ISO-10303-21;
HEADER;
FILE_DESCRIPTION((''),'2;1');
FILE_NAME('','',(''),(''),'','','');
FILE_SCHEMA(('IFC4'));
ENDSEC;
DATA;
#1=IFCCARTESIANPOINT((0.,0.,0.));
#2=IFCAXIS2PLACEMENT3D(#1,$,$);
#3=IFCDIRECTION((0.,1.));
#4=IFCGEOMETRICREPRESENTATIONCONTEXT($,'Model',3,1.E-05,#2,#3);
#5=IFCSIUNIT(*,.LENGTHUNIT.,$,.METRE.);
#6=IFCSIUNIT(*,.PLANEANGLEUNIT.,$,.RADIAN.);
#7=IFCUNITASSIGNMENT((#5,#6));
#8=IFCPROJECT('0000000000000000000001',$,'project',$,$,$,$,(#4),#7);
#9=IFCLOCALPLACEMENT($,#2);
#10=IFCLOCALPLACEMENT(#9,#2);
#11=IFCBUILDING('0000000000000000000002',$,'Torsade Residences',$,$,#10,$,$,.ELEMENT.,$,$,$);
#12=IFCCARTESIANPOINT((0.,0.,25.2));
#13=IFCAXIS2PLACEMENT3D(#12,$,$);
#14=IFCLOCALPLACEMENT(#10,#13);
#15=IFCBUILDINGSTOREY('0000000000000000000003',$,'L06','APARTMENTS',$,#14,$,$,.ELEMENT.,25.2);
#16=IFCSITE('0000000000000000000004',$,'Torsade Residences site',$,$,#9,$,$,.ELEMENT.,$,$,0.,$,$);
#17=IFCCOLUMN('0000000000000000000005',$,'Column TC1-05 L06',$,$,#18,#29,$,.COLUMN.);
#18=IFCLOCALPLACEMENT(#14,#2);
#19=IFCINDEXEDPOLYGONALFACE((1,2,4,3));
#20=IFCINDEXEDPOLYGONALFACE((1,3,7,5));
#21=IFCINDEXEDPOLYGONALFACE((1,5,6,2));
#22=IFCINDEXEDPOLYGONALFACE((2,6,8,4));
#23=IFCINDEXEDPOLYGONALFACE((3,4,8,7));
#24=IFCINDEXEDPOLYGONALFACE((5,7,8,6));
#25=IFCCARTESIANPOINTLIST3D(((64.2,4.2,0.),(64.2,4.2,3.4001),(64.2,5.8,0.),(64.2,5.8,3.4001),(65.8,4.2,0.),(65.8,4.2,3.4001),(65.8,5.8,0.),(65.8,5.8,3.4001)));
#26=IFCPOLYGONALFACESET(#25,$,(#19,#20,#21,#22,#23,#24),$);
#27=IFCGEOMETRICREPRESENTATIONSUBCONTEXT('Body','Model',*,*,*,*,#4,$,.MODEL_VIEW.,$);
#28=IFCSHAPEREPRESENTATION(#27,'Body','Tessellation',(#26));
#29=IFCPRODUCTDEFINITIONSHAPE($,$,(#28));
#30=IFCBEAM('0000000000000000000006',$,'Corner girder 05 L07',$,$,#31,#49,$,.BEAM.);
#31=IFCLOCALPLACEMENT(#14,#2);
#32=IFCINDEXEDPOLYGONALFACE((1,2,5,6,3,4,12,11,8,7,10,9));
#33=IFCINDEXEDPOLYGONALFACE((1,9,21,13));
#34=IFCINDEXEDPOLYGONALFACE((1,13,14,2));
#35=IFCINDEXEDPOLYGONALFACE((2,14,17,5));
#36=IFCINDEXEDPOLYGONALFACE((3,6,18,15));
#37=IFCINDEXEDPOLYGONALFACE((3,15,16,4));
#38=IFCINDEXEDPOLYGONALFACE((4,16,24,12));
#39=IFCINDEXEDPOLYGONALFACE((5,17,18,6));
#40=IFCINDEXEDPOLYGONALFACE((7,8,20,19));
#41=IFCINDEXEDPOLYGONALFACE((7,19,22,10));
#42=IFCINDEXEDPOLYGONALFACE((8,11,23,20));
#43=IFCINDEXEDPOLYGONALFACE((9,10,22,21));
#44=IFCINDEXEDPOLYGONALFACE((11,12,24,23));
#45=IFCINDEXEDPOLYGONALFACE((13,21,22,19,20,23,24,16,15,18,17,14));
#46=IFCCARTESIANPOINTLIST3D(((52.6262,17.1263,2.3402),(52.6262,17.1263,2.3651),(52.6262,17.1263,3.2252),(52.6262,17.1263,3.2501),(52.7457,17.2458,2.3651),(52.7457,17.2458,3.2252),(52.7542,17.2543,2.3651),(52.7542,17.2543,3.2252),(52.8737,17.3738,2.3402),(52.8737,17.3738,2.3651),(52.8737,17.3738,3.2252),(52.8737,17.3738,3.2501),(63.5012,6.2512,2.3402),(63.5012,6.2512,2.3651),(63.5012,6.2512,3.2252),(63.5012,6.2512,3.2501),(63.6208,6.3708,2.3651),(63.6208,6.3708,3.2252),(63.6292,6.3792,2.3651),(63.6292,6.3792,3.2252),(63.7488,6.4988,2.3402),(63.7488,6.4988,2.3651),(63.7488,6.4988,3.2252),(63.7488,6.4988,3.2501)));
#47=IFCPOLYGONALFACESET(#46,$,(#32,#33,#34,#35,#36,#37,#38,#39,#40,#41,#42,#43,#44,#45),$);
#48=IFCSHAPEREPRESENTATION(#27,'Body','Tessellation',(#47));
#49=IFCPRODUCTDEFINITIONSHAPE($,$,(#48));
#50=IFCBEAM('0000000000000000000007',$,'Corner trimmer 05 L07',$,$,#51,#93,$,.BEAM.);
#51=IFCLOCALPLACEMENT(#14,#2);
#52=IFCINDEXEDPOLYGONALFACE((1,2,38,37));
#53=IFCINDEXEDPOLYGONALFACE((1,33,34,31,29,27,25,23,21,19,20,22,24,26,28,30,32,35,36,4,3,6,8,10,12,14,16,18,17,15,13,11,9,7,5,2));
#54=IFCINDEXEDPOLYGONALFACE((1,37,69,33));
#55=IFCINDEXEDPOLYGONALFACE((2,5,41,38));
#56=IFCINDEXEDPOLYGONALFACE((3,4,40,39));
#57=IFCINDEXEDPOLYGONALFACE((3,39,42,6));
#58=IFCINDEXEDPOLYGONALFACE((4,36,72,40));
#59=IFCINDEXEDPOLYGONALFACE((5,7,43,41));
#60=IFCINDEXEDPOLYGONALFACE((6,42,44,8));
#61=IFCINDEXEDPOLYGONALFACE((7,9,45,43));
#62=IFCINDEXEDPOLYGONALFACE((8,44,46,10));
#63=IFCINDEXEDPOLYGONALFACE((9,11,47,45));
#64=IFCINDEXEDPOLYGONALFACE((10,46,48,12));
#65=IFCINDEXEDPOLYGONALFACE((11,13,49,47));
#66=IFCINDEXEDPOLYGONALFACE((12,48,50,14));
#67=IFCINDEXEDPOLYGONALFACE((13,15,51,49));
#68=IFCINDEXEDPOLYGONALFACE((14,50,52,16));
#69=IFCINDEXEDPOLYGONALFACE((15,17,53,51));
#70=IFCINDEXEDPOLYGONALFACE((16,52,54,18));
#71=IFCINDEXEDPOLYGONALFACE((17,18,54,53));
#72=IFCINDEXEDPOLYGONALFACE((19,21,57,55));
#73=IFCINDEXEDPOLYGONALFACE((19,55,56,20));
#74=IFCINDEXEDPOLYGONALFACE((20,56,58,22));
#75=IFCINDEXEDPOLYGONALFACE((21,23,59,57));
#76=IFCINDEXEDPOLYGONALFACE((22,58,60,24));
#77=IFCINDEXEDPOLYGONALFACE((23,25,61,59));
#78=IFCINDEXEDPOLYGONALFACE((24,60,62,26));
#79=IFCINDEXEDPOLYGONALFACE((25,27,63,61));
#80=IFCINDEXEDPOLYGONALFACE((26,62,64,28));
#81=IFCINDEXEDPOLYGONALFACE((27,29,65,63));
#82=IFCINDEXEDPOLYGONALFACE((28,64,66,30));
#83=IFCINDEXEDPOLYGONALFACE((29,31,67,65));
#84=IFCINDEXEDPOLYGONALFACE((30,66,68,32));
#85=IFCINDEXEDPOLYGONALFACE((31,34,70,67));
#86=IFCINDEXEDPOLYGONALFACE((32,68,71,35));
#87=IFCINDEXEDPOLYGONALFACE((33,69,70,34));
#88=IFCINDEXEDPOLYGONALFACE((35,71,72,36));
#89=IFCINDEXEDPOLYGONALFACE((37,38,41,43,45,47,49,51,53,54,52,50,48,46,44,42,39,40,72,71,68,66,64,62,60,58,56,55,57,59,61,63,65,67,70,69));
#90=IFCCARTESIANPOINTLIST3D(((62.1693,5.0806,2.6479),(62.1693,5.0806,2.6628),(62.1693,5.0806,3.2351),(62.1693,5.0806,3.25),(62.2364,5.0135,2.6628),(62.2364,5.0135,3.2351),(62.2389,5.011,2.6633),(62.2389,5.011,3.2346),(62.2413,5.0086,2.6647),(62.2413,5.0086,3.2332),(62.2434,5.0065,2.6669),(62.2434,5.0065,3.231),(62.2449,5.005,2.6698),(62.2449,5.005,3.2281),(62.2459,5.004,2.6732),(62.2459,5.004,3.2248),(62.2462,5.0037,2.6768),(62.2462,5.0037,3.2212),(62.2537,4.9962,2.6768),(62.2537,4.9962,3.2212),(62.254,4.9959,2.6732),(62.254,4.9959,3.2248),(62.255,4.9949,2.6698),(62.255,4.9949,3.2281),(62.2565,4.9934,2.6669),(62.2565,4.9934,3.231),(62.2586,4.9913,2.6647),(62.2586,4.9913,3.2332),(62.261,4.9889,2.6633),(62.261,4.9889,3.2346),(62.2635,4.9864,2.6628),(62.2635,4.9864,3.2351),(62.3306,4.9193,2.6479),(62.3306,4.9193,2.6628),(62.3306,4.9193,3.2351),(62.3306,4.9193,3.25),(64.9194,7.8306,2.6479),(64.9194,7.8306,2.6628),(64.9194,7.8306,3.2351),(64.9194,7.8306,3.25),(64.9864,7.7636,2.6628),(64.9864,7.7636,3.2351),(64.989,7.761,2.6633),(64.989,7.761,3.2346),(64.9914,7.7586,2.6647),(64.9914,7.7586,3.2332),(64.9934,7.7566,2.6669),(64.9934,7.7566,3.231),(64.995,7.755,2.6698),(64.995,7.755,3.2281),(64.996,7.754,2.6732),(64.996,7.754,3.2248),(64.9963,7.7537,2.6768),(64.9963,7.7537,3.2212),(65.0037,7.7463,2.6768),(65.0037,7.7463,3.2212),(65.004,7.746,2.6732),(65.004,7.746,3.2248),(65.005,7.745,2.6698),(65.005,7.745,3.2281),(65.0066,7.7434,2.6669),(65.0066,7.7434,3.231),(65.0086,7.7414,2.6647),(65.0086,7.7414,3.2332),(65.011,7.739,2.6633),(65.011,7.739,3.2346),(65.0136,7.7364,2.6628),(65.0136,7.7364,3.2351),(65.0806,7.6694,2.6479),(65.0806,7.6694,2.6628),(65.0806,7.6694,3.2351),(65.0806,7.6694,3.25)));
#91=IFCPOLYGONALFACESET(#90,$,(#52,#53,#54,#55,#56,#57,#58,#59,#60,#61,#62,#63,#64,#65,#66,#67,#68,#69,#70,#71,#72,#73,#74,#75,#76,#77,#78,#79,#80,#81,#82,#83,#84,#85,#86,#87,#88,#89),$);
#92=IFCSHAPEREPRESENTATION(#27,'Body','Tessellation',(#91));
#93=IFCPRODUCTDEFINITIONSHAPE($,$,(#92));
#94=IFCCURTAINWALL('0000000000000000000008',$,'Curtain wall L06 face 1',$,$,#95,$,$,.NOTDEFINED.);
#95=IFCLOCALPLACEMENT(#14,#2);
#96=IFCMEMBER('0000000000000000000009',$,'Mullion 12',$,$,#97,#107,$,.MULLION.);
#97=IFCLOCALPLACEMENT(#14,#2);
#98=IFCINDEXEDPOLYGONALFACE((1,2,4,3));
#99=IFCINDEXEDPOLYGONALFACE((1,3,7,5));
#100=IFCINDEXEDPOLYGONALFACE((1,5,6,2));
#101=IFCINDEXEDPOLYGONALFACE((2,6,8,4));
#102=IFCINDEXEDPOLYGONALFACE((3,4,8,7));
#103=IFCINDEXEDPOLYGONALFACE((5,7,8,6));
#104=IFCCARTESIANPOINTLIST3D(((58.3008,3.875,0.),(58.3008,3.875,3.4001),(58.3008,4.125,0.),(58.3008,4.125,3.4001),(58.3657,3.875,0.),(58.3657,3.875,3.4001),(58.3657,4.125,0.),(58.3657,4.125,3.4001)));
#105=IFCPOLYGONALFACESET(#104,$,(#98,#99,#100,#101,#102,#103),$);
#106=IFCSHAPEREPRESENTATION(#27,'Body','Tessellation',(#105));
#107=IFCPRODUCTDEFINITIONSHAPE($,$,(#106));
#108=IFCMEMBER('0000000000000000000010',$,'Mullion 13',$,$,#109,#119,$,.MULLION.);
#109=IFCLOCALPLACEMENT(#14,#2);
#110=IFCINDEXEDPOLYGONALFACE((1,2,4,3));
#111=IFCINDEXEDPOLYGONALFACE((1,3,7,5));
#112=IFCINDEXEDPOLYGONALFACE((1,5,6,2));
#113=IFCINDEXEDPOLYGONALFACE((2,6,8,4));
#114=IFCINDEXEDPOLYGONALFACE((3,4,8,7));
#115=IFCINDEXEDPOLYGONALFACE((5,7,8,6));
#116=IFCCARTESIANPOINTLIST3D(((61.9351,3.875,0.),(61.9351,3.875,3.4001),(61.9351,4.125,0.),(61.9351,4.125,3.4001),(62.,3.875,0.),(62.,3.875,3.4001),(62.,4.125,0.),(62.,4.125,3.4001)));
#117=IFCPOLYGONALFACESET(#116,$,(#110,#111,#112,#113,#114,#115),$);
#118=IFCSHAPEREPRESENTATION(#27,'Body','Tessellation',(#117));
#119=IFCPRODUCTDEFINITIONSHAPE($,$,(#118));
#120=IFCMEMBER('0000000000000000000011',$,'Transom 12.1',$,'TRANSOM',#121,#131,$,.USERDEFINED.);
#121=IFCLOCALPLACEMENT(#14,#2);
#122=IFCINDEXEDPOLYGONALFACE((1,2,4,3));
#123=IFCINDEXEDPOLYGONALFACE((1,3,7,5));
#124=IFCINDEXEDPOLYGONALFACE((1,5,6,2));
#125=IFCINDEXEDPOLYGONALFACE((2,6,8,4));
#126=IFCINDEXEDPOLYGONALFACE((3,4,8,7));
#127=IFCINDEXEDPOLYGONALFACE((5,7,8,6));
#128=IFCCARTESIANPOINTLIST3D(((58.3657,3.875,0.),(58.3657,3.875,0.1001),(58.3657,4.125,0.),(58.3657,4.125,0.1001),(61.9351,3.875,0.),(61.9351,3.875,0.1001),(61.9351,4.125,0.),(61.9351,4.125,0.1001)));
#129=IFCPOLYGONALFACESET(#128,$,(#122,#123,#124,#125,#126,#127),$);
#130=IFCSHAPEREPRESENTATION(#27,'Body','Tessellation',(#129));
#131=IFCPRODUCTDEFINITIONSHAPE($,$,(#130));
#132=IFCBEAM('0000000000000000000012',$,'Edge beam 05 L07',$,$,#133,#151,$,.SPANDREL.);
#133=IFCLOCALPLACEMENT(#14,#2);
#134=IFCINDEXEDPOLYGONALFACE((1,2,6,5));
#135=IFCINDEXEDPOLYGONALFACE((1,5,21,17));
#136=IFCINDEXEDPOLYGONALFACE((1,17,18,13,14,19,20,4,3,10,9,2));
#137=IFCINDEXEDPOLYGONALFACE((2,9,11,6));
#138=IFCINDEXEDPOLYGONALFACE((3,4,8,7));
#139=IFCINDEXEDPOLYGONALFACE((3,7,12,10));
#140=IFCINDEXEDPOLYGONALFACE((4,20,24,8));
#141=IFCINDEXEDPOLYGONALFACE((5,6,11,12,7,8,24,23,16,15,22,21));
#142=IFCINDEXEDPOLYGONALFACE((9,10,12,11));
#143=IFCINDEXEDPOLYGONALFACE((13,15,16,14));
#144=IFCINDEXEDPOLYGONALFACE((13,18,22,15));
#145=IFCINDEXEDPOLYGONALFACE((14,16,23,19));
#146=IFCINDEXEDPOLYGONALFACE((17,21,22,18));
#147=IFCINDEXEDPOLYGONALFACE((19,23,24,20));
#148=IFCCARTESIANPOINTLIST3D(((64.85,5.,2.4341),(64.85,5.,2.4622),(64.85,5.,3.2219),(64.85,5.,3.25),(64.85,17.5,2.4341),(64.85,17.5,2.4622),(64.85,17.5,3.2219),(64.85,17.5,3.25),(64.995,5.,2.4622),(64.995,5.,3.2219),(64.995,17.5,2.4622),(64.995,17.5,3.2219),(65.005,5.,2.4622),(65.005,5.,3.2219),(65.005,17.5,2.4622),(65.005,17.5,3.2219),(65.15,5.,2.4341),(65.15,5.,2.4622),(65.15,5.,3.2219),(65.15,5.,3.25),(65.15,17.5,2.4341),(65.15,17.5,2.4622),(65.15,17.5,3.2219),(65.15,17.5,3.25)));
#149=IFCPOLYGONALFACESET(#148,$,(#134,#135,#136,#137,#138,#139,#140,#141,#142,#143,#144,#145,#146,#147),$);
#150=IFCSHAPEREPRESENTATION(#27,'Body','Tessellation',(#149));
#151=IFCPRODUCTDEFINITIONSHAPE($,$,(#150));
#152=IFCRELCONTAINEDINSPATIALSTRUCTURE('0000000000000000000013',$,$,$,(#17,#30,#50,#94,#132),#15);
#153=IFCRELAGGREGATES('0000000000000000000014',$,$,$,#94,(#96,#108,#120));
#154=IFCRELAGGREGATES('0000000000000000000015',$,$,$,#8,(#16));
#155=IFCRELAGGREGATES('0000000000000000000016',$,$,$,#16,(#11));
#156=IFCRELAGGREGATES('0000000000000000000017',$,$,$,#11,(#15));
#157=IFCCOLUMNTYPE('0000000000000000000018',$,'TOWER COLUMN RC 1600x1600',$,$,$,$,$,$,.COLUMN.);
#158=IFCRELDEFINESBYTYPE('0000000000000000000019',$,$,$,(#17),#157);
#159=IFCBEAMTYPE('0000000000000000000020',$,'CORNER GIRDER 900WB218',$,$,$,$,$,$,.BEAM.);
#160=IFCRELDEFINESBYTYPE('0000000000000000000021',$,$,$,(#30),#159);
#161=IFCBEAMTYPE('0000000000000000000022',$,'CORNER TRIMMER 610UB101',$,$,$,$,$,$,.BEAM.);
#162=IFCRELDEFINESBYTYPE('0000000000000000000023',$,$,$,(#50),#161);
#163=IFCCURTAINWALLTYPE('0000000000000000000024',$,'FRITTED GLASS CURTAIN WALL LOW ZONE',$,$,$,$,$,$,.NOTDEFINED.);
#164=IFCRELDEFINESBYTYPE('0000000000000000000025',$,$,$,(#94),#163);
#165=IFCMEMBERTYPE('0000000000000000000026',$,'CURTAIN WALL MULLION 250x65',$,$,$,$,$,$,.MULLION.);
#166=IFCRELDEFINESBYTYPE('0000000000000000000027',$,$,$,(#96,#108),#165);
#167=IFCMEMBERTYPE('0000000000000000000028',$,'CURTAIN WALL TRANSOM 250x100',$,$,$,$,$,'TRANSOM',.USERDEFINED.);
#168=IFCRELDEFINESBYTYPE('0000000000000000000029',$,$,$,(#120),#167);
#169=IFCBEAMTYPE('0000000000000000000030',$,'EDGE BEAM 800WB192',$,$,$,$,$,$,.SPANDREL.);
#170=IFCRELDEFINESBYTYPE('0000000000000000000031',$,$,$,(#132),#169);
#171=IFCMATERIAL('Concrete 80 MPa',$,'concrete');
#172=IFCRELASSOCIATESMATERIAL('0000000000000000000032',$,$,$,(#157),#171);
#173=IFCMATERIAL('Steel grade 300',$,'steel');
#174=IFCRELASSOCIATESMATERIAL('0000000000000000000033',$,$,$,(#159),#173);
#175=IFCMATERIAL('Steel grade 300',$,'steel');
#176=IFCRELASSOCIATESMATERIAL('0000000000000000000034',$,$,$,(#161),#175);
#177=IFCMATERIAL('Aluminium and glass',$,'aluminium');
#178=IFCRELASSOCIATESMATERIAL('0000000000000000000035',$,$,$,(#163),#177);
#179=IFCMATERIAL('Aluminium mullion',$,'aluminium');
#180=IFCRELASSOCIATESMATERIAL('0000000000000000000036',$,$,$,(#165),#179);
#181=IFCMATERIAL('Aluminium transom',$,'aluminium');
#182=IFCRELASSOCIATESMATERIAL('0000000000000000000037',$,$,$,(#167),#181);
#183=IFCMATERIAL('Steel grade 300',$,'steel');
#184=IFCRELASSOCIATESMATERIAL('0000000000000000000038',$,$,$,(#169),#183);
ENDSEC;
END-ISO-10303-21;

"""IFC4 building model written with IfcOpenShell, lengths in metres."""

from ifc_helpers import new_model, si_unit, direction, frame, origin, origin_2d, place, context, subcontext, project, spatial, rectangle, i_section, extrude, material, material_profile, profile_set, type_object, element, aggregate, save


model = new_model("IFC4")

# Units and contexts
model_context = context("Model", 3, precision=1e-05, world=origin(), true_north=direction((0.0, 1.0)))
body_context = subcontext(model_context, "Body", "Model", "MODEL_VIEW")
ifc_project = project(units=[si_unit("LENGTHUNIT", "METRE"), si_unit("PLANEANGLEUNIT", "RADIAN")], contexts=[model_context])

# Site, building, storey
site_placement = place(None, origin())
site = spatial("IfcSite", under=ifc_project, at=site_placement, Name="Torsade Residences site", CompositionType="ELEMENT", RefElevation=0.0)
building_placement = place(site_placement, origin())
building = spatial("IfcBuilding", under=site, at=building_placement, Name="Torsade Residences", CompositionType="ELEMENT")
storey_placement = place(building_placement, frame((0.0, 0.0, 25.2)))
storey = spatial("IfcBuildingStorey", under=building, at=storey_placement, Name="L06", Description="APARTMENTS", CompositionType="ELEMENT", Elevation=25.2)

# Column
ifc_material_1 = material(Name="Concrete 80 MPa", Category="concrete")
ifc_material_profile_1 = material_profile(ifc_material_1, rectangle(XDim=1.6001, YDim=1.6001, at=origin_2d()), Name="RC 1600x1600")
ifc_profile_set_1 = profile_set([ifc_material_profile_1], Name="Concrete 80 MPa")
column_type = type_object("IfcColumnType", Name="TOWER COLUMN RC 1600x1600", PredefinedType="COLUMN", material=ifc_profile_set_1)
column_placement = place(storey_placement, frame((65.0, 5.0, 0.0), z_axis=(0.0, 0.0, 1.0), x_axis=(1.0, 0.0, 0.0)))
element("IfcColumn", 1, at=column_placement, inside=storey, type_object=column_type, Name="Column TC1-05 L06", PredefinedType="COLUMN", context=body_context, shape_type="SweptSolid", body=[
    extrude(rectangle(XDim=1.6001, YDim=1.6001, at=origin_2d()), origin(), (0.0, 0.0, 1.0), 3.4001),
])

# Beams
ifc_material_2 = material(Name="Steel grade 300", Category="steel")
ifc_material_profile_2 = material_profile(ifc_material_2, i_section(OverallWidth=0.3501, OverallDepth=0.9099, WebThickness=0.012, FlangeThickness=0.0249, at=origin_2d()), Name="900WB218")
ifc_profile_set_2 = profile_set([ifc_material_profile_2], Name="Steel grade 300")
beam_type_1 = type_object("IfcBeamType", Name="CORNER GIRDER 900WB218", PredefinedType="BEAM", material=ifc_profile_set_2)
beam_1_placement = place(storey_placement, frame((63.625, 6.375, 2.7952), z_axis=(-0.707107, 0.707107, 0.0), x_axis=(-0.707107, -0.707107, 0.0)))
element("IfcBeam", 2, at=beam_1_placement, inside=storey, type_object=beam_type_1, Name="Corner girder 05 L07", PredefinedType="BEAM", context=body_context, shape_type="SweptSolid", body=[
    extrude(i_section(OverallWidth=0.3501, OverallDepth=0.9099, WebThickness=0.012, FlangeThickness=0.0249, at=origin_2d()), origin(), (0.0, 0.0, 1.0), 15.3796),
])
ifc_material_3 = material(Name="Steel grade 300", Category="steel")
ifc_material_profile_3 = material_profile(ifc_material_3, i_section(OverallWidth=0.228, OverallDepth=0.6021, WebThickness=0.0105, FlangeThickness=0.0149, FilletRadius=0.0139, at=origin_2d()), Name="610UB101")
ifc_profile_set_3 = profile_set([ifc_material_profile_3], Name="Steel grade 300")
beam_type_2 = type_object("IfcBeamType", Name="CORNER TRIMMER 610UB101", PredefinedType="BEAM", material=ifc_profile_set_3)
beam_2_placement = place(storey_placement, frame((65.0, 7.75, 2.949), z_axis=(-0.707107, -0.707107, 0.0), x_axis=(0.707107, -0.707107, 0.0)))
element("IfcBeam", 3, at=beam_2_placement, inside=storey, type_object=beam_type_2, Name="Corner trimmer 05 L07", PredefinedType="BEAM", context=body_context, shape_type="SweptSolid", body=[
    extrude(i_section(OverallWidth=0.228, OverallDepth=0.6021, WebThickness=0.0105, FlangeThickness=0.0149, FilletRadius=0.0139, at=origin_2d()), origin(), (0.0, 0.0, 1.0), 3.8892),
])

# Curtain wall, members
ifc_material_4 = material(Name="Aluminium and glass", Category="aluminium")
curtain_wall_type = type_object("IfcCurtainWallType", Name="FRITTED GLASS CURTAIN WALL LOW ZONE", PredefinedType="NOTDEFINED", material=ifc_material_4)
curtain_wall_placement = place(storey_placement, origin())
curtain_wall = element("IfcCurtainWall", 4, at=curtain_wall_placement, inside=storey, type_object=curtain_wall_type, Name="Curtain wall L06 face 1", PredefinedType="NOTDEFINED")
ifc_material_5 = material(Name="Aluminium mullion", Category="aluminium")
ifc_material_profile_4 = material_profile(ifc_material_5, rectangle(XDim=0.25, YDim=0.0649, at=origin_2d()), Name="CURTAIN WALL MULLION 250x65")
ifc_profile_set_4 = profile_set([ifc_material_profile_4], Name="Aluminium mullion")
member_type_1 = type_object("IfcMemberType", Name="CURTAIN WALL MULLION 250x65", PredefinedType="MULLION", material=ifc_profile_set_4)
member_1_placement = place(storey_placement, frame((58.3333, 4.0, 0.0), z_axis=(0.0, 0.0, 1.0), x_axis=(0.0, 1.0, 0.0)))
member_1 = element("IfcMember", 5, at=member_1_placement, type_object=member_type_1, Name="Mullion 12", PredefinedType="MULLION", context=body_context, shape_type="SweptSolid", body=[
    extrude(rectangle(XDim=0.25, YDim=0.0649, at=origin_2d()), origin(), (0.0, 0.0, 1.0), 3.4001),
])
member_2_placement = place(storey_placement, frame((61.9675, 4.0, 0.0), z_axis=(0.0, 0.0, 1.0), x_axis=(0.0, 1.0, 0.0)))
member_2 = element("IfcMember", 6, at=member_2_placement, type_object=member_type_1, Name="Mullion 13", PredefinedType="MULLION", context=body_context, shape_type="SweptSolid", body=[
    extrude(rectangle(XDim=0.25, YDim=0.0649, at=origin_2d()), origin(), (0.0, 0.0, 1.0), 3.4001),
])
ifc_material_6 = material(Name="Aluminium transom", Category="aluminium")
ifc_material_profile_5 = material_profile(ifc_material_6, rectangle(XDim=0.25, YDim=0.1001, at=origin_2d()), Name="CURTAIN WALL TRANSOM 250x100")
ifc_profile_set_5 = profile_set([ifc_material_profile_5], Name="Aluminium transom")
member_type_2 = type_object("IfcMemberType", Name="CURTAIN WALL TRANSOM 250x100", ElementType="TRANSOM", PredefinedType="USERDEFINED", material=ifc_profile_set_5)
member_3_placement = place(storey_placement, frame((58.3657, 4.0, 0.05), z_axis=(1.0, 0.0, 0.0), x_axis=(0.0, 1.0, 0.0)))
member_3 = element("IfcMember", 7, at=member_3_placement, type_object=member_type_2, Name="Transom 12.1", ObjectType="TRANSOM", PredefinedType="USERDEFINED", context=body_context, shape_type="SweptSolid", body=[
    extrude(rectangle(XDim=0.25, YDim=0.1001, at=origin_2d()), origin(), (0.0, 0.0, 1.0), 3.5693),
])

# Beam
ifc_material_7 = material(Name="Steel grade 300", Category="steel")
ifc_material_profile_6 = material_profile(ifc_material_7, i_section(OverallWidth=0.3, OverallDepth=0.8159, WebThickness=0.01, FlangeThickness=0.0281, at=origin_2d()), Name="800WB192")
ifc_profile_set_6 = profile_set([ifc_material_profile_6], Name="Steel grade 300")
beam_type_3 = type_object("IfcBeamType", Name="EDGE BEAM 800WB192", PredefinedType="SPANDREL", material=ifc_profile_set_6)
beam_3_placement = place(storey_placement, frame((65.0, 5.0, 2.842), z_axis=(0.0, 1.0, 0.0), x_axis=(-1.0, 0.0, 0.0)))
element("IfcBeam", 8, at=beam_3_placement, inside=storey, type_object=beam_type_3, Name="Edge beam 05 L07", PredefinedType="SPANDREL", context=body_context, shape_type="SweptSolid", body=[
    extrude(i_section(OverallWidth=0.3, OverallDepth=0.8159, WebThickness=0.01, FlangeThickness=0.0281, at=origin_2d()), origin(), (0.0, 0.0, 1.0), 12.5),
])

aggregate(curtain_wall, [member_1, member_2, member_3])

save(model, "model.ifc")
